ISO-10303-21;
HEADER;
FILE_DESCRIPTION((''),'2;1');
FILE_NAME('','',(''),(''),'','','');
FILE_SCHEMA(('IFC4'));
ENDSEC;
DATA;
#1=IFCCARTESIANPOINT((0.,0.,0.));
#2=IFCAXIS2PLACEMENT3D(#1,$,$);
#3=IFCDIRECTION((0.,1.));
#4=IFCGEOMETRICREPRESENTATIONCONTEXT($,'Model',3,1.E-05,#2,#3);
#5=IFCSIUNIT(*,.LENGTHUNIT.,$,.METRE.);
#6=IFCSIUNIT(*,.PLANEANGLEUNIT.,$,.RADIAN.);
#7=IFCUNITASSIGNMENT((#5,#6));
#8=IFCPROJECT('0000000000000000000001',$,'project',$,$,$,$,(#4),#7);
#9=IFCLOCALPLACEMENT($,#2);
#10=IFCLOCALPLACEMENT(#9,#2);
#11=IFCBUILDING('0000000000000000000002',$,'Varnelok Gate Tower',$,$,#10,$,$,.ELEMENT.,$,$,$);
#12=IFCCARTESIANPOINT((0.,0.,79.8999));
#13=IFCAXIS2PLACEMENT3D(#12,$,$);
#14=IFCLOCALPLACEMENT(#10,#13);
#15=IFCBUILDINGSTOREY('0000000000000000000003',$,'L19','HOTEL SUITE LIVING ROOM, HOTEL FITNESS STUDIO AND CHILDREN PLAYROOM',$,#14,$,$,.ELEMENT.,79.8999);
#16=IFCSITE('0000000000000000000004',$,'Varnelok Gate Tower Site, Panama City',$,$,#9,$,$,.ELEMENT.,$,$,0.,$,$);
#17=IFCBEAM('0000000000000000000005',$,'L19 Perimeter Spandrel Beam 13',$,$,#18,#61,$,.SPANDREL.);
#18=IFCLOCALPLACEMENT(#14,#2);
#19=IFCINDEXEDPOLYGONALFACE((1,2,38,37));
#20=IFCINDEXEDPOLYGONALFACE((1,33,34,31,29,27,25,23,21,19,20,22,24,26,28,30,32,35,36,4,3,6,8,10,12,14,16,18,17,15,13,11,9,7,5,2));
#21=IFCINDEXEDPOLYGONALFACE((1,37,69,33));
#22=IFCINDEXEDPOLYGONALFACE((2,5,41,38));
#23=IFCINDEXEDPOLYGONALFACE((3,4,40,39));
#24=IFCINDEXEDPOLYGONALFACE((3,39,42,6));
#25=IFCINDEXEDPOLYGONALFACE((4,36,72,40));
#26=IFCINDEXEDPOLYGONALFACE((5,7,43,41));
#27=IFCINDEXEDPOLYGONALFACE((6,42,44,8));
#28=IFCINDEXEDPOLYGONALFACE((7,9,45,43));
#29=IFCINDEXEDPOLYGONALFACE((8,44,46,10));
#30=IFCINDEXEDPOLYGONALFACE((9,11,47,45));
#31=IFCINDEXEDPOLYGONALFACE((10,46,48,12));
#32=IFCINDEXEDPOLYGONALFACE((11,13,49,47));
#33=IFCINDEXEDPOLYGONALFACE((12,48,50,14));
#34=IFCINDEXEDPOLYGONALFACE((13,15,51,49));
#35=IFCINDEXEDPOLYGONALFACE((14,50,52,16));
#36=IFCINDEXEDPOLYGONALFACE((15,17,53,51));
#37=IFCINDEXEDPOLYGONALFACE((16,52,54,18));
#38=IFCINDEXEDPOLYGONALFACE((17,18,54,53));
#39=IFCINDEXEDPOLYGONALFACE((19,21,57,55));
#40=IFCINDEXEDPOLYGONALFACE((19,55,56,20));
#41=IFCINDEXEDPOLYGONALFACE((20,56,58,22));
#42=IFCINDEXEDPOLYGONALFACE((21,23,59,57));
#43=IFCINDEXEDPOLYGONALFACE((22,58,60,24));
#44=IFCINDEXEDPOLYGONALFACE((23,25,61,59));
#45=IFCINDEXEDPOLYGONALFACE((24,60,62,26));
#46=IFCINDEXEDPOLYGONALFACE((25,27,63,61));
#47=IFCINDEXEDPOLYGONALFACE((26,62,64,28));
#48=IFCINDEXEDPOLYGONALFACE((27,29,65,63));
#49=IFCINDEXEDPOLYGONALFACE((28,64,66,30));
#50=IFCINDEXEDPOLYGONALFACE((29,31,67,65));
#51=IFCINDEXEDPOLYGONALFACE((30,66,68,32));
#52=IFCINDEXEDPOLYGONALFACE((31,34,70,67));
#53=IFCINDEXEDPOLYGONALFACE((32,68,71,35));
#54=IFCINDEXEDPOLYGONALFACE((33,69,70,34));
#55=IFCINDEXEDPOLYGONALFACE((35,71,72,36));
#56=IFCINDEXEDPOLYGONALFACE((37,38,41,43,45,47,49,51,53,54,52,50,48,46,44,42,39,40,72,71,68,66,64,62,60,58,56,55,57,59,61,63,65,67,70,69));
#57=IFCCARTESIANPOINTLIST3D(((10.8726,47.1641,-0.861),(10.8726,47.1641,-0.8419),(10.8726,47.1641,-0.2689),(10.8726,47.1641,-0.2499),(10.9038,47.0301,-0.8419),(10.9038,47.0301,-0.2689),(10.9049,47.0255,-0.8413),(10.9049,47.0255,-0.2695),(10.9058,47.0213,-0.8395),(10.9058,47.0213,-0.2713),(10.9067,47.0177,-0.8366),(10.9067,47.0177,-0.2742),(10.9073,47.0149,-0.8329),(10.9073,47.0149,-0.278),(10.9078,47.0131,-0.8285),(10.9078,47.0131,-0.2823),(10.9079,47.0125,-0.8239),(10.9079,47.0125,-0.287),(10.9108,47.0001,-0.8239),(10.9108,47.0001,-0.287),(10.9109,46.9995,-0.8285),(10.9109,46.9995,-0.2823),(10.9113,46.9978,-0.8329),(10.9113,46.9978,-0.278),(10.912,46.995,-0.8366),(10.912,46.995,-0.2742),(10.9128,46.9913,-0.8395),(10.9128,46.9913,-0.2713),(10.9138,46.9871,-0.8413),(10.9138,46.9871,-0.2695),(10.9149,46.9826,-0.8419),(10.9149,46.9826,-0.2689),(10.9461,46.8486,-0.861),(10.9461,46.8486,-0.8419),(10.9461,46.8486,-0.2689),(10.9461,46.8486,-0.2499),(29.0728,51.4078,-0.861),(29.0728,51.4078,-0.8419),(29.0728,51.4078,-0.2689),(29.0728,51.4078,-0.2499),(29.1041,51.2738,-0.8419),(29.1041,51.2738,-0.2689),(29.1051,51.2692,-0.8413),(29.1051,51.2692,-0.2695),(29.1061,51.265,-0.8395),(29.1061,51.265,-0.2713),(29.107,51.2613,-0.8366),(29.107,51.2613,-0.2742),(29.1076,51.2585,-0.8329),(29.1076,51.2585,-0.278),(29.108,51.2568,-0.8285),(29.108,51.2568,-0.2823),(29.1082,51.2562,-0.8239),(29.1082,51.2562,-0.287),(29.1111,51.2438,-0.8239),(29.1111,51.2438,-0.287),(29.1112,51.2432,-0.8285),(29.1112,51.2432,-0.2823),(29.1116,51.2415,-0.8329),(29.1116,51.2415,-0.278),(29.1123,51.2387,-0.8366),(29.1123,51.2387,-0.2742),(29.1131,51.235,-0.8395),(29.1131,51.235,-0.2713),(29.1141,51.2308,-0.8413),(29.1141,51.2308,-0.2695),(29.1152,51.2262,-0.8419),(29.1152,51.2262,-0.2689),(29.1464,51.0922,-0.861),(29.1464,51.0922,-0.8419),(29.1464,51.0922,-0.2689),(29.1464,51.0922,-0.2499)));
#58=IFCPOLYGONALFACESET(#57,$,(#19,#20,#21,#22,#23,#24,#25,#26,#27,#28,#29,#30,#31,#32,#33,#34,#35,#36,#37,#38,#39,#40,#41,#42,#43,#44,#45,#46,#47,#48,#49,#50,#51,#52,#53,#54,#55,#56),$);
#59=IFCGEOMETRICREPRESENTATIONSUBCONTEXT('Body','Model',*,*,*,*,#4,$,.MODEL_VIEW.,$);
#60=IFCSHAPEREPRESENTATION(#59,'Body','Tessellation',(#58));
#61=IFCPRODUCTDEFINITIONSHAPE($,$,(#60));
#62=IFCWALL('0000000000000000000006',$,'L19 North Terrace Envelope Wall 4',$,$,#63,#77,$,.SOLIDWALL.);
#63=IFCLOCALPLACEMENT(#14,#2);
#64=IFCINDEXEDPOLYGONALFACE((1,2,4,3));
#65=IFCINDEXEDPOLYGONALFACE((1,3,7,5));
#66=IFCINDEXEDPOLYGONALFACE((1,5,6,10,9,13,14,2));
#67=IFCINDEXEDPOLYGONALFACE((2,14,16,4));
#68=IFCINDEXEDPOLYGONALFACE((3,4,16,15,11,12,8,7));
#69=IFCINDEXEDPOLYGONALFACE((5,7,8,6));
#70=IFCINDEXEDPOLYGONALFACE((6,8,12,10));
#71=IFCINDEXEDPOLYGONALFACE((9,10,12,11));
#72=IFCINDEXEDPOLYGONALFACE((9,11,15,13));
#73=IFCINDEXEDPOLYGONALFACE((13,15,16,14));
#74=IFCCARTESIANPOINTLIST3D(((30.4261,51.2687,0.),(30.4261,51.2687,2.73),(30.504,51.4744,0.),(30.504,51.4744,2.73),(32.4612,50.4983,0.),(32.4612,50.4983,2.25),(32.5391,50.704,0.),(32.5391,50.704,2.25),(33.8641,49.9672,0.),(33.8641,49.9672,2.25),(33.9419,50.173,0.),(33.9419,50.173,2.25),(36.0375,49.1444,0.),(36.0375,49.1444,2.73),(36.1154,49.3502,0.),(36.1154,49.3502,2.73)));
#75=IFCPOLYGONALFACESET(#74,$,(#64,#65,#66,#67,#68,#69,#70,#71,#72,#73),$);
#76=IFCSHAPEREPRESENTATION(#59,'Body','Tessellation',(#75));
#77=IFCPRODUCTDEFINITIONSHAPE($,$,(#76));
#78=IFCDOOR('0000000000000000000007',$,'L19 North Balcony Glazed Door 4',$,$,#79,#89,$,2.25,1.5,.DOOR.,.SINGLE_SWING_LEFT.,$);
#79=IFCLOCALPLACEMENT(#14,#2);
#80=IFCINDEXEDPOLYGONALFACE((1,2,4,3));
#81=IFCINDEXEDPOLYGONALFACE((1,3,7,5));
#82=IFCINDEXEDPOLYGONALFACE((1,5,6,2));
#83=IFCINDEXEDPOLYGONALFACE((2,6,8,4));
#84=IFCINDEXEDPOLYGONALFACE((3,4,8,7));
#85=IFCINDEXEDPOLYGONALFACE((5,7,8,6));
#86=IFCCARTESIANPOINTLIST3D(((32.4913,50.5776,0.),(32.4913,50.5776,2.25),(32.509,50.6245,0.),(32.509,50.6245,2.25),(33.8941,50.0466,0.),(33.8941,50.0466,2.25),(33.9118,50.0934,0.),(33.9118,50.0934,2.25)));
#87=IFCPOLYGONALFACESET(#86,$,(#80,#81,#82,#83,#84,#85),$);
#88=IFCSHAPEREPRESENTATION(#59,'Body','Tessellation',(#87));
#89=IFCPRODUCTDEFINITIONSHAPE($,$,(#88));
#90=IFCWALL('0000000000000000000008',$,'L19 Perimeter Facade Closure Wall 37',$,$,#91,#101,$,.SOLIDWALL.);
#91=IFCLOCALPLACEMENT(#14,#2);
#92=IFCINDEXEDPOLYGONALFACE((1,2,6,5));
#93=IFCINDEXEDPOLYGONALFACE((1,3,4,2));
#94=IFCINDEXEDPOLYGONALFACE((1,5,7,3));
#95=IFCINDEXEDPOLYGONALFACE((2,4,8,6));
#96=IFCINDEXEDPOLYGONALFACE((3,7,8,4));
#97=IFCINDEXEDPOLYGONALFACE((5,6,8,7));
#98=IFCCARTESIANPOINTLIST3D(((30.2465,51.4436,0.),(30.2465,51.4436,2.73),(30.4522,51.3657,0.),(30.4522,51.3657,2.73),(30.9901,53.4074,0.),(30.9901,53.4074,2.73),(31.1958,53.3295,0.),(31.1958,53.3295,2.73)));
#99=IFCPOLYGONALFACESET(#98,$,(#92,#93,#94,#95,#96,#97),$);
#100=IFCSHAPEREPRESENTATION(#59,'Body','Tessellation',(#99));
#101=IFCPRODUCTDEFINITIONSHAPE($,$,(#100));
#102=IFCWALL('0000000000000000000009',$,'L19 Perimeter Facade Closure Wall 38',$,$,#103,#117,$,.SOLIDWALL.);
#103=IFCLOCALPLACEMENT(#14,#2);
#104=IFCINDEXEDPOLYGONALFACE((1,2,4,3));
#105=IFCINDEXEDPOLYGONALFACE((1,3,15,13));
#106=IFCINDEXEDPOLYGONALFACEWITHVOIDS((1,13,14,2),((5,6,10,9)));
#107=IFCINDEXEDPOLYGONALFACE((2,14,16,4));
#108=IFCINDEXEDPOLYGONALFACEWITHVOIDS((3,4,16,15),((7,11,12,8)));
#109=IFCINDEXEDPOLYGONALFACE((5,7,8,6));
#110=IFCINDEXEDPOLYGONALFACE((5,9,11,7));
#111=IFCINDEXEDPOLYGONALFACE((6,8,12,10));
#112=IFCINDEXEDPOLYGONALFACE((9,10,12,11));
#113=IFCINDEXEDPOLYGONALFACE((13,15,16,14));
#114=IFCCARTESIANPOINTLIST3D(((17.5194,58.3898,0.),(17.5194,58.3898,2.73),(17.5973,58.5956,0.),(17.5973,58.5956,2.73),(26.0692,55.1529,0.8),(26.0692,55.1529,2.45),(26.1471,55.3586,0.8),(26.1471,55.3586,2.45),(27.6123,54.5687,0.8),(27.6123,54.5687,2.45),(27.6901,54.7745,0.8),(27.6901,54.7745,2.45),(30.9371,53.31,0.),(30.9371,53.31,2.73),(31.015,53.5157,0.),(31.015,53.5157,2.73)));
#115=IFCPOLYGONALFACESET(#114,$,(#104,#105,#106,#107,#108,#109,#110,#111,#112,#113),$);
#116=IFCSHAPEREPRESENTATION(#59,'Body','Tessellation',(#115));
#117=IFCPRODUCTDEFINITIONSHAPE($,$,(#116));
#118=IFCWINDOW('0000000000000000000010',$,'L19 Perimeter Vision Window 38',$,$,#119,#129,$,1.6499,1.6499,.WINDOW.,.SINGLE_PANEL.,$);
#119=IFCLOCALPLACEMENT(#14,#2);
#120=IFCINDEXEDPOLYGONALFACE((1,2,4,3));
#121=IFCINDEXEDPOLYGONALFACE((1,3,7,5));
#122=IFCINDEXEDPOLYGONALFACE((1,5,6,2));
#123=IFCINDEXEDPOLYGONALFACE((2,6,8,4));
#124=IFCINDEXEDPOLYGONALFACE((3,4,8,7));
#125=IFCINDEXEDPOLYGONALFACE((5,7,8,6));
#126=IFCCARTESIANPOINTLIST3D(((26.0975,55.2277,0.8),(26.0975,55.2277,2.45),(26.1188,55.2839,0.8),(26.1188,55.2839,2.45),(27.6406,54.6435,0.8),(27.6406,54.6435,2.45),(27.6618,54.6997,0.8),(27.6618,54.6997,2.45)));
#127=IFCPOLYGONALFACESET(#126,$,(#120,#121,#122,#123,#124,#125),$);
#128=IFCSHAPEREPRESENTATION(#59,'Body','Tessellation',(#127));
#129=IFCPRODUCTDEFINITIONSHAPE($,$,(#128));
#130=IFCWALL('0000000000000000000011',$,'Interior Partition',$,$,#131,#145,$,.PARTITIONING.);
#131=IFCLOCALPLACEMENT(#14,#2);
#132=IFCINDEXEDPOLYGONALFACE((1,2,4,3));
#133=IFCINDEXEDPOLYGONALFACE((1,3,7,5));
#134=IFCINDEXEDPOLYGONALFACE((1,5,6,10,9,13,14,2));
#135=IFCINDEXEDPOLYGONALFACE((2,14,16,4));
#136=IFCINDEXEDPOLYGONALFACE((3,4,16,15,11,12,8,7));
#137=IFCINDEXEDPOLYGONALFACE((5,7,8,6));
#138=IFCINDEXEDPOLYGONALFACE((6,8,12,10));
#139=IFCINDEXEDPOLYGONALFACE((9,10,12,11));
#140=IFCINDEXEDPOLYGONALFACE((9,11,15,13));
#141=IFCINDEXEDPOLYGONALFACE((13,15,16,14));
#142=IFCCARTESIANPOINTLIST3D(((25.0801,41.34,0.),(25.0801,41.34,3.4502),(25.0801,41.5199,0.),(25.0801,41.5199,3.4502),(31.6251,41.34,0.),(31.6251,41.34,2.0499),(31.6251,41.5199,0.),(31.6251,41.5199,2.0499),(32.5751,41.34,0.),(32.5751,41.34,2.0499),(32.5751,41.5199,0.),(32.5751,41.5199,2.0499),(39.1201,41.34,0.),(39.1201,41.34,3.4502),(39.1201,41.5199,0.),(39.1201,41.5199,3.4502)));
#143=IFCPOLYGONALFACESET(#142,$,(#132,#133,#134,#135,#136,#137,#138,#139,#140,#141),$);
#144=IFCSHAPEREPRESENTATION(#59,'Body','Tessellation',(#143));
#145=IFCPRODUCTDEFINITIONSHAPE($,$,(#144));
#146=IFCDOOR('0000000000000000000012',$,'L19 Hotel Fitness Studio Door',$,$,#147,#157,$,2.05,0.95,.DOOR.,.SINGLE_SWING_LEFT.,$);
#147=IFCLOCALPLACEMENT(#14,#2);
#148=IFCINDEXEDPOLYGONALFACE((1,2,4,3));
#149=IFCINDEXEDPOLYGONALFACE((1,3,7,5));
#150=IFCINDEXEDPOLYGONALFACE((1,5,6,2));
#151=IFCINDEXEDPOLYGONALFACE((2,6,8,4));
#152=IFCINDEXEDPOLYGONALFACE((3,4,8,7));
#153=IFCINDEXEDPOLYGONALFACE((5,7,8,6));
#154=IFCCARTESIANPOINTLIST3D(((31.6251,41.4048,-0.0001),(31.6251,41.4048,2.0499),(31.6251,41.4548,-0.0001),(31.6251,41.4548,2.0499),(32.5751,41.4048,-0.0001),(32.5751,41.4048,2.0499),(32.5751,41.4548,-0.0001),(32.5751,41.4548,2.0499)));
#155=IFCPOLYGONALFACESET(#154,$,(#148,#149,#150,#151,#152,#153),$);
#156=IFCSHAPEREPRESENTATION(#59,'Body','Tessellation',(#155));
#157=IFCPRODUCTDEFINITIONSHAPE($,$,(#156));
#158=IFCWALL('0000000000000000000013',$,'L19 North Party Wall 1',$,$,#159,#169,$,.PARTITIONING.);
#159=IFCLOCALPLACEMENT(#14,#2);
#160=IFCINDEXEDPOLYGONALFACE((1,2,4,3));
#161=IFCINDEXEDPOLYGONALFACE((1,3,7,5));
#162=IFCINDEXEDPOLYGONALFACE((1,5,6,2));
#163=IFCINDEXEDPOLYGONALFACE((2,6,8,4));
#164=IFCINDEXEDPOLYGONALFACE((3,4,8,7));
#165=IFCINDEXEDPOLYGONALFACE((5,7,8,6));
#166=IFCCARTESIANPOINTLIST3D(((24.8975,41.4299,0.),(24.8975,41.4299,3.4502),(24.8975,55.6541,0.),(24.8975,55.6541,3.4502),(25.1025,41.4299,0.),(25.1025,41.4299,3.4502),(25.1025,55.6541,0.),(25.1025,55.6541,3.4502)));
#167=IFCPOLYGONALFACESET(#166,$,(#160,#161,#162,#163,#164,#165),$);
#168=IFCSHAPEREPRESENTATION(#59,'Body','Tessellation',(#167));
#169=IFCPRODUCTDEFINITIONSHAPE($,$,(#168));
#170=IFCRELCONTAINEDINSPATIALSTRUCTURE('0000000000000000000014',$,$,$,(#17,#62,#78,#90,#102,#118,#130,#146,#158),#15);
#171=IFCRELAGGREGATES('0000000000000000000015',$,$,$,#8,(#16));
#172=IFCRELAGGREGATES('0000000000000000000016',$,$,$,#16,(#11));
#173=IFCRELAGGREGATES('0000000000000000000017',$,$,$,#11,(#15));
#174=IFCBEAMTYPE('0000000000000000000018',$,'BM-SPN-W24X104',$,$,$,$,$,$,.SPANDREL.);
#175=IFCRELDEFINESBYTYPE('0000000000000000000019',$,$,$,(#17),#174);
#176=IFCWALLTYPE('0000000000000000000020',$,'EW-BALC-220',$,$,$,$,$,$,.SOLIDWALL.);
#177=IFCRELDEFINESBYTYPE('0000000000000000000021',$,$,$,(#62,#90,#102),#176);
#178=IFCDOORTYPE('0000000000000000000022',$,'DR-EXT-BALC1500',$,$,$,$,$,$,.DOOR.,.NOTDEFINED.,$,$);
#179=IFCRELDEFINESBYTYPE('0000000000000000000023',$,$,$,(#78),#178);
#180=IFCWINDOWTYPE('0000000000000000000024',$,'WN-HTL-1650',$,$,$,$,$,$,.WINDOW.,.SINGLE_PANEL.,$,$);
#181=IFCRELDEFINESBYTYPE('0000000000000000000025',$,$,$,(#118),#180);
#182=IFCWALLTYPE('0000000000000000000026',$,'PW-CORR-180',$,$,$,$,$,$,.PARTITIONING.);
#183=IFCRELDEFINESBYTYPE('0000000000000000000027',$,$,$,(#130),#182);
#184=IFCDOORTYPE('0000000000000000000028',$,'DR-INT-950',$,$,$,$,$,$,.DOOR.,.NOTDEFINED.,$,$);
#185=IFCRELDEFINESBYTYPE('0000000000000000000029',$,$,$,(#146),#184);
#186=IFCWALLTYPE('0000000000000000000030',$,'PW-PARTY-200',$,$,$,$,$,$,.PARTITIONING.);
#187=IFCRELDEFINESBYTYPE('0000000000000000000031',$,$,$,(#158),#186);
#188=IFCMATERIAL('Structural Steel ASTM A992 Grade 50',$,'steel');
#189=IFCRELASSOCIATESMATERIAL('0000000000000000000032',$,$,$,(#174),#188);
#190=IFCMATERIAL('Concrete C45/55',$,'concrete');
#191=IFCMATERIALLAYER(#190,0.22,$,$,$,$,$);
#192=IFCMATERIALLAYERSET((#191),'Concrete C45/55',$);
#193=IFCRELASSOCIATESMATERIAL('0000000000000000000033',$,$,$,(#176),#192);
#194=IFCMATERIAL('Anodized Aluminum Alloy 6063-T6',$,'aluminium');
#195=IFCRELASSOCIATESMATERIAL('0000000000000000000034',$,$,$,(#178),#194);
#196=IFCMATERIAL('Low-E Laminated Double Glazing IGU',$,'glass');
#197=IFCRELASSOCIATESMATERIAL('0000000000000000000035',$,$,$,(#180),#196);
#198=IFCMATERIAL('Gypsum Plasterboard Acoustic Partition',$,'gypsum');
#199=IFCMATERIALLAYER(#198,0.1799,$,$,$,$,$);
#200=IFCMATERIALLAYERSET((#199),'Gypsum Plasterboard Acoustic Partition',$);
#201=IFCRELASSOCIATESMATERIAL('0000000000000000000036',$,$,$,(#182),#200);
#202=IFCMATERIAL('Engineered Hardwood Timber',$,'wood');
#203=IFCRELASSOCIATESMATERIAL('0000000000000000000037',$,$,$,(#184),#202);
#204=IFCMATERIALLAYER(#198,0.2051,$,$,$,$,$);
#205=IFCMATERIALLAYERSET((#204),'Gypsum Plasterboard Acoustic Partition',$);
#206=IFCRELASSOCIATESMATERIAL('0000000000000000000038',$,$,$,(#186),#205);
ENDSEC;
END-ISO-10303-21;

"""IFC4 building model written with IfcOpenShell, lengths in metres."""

from ifc_helpers import new_model, si_unit, direction, frame, frame_2d, origin, origin_2d, place, context, subcontext, project, spatial, rectangle, i_section, extrude, material, layer, layer_set, material_profile, profile_set, type_object, element, fill, save


model = new_model("IFC4")

# Units and contexts
model_context = context("Model", 3, precision=1e-05, world=origin(), true_north=direction((0.0, 1.0)))
body_context = subcontext(model_context, "Body", "Model", "MODEL_VIEW")
ifc_project = project(units=[si_unit("LENGTHUNIT", "METRE"), si_unit("PLANEANGLEUNIT", "RADIAN")], contexts=[model_context])

# Site, building, storey
site_placement = place(None, origin())
site = spatial("IfcSite", under=ifc_project, at=site_placement, Name="Varnelok Gate Tower Site, Panama City", CompositionType="ELEMENT", RefElevation=0.0)
building_placement = place(site_placement, origin())
building = spatial("IfcBuilding", under=site, at=building_placement, Name="Varnelok Gate Tower", CompositionType="ELEMENT")
storey_placement = place(building_placement, frame((0.0, 0.0, 79.8999)))
storey = spatial("IfcBuildingStorey", under=building, at=storey_placement, Name="L19", Description="HOTEL SUITE LIVING ROOM, HOTEL FITNESS STUDIO AND CHILDREN PLAYROOM", CompositionType="ELEMENT", Elevation=79.8999)

# Shared definitions
ifc_material_1 = material(Name="Structural Steel ASTM A992 Grade 50", Category="steel")

# Beam
ifc_material_profile_1 = material_profile(ifc_material_1, i_section(OverallWidth=0.324, OverallDepth=0.6111, WebThickness=0.0127, FlangeThickness=0.019, FilletRadius=0.0181, at=origin_2d()), Name="W24X104")
ifc_profile_set_1 = profile_set([ifc_material_profile_1], Name="Structural Steel ASTM A992 Grade 50")
beam_type_1 = type_object("IfcBeamType", Name="BM-SPN-W24X104", PredefinedType="SPANDREL", material=ifc_profile_set_1)
beam_1_placement = place(storey_placement, frame((29.1096, 51.25, -0.5554), z_axis=(-0.973877, -0.227074, 0.0), x_axis=(0.227074, -0.973877, 0.0)))
element("IfcBeam", 1, at=beam_1_placement, inside=storey, type_object=beam_type_1, Name="L19 Perimeter Spandrel Beam 13", PredefinedType="SPANDREL", context=body_context, shape_type="SweptSolid", body=[
    extrude(i_section(OverallWidth=0.324, OverallDepth=0.6111, WebThickness=0.0127, FlangeThickness=0.019, FilletRadius=0.0181, at=origin_2d()), origin(), (0.0, 0.0, 1.0), 18.6885),
])

# Wall, opening, door
ifc_material_2 = material(Name="Concrete C45/55", Category="concrete")
ifc_layer_1 = layer(ifc_material_2, 0.22)
ifc_layer_set_1 = layer_set([ifc_layer_1], Name="Concrete C45/55")
wall_type_1 = type_object("IfcWallType", Name="EW-BALC-220", PredefinedType="SOLIDWALL", material=ifc_layer_set_1)
wall_1_placement = place(storey_placement, frame((30.4651, 51.3716, 0.0), z_axis=(0.0, 0.0, 1.0), x_axis=(0.935228, -0.354047, 0.0)))
wall_1 = element("IfcWall", 2, at=wall_1_placement, inside=storey, type_object=wall_type_1, Name="L19 North Terrace Envelope Wall 4", PredefinedType="SOLIDWALL", context=body_context, shape_type="SweptSolid", body=[
    extrude(rectangle(XDim=6.0, YDim=0.22, at=frame_2d((3.0, 0.0))), origin(), (0.0, 0.0, 1.0), 2.73),
])
opening_1_placement = place(wall_1_placement, frame((2.176, 0.0, 0.0)))
opening_1 = element("IfcOpeningElement", 3, at=opening_1_placement, cuts=wall_1, PredefinedType="OPENING", context=body_context, shape_type="SweptSolid", body=[
    extrude(rectangle(XDim=1.5, YDim=2.25, at=frame_2d((0.75, 1.125))), frame((0.0, 0.1199, 0.0), z_axis=(0.0, -1.0, 0.0), x_axis=(1.0, 0.0, 0.0)), (0.0, 0.0, 1.0), 0.24),
])
ifc_material_3 = material(Name="Anodized Aluminum Alloy 6063-T6", Category="aluminium")
door_type_1 = type_object("IfcDoorType", Name="DR-EXT-BALC1500", OperationType="NOTDEFINED", PredefinedType="DOOR", material=ifc_material_3)
door_1_placement = place(opening_1_placement, origin())
door_1 = element("IfcDoor", 4, at=door_1_placement, inside=storey, type_object=door_type_1, Name="L19 North Balcony Glazed Door 4", OperationType="SINGLE_SWING_LEFT", OverallHeight=2.25, OverallWidth=1.5, PredefinedType="DOOR", context=body_context, shape_type="SweptSolid", body=[
    extrude(rectangle(XDim=1.5, YDim=2.25, at=frame_2d((0.75, 1.125))), frame((0.0, 0.0249, 0.0), z_axis=(0.0, -1.0, 0.0), x_axis=(1.0, 0.0, 0.0)), (0.0, 0.0, 1.0), 0.05),
])
fill(opening_1, door_1)

# Wall
wall_2_placement = place(storey_placement, frame((30.3494, 51.4048, 0.0), z_axis=(0.0, 0.0, 1.0), x_axis=(0.354128, 0.935197, 0.0)))
element("IfcWall", 5, at=wall_2_placement, inside=storey, type_object=wall_type_1, Name="L19 Perimeter Facade Closure Wall 37", PredefinedType="SOLIDWALL", context=body_context, shape_type="SweptSolid", body=[
    extrude(rectangle(XDim=2.0999, YDim=0.22, at=frame_2d((1.0498, 0.0))), origin(), (0.0, 0.0, 1.0), 2.73),
])

# Wall, opening, window
wall_3_placement = place(storey_placement, frame((30.9761, 53.4128, 0.0), z_axis=(0.0, 0.0, 1.0), x_axis=(-0.93522, 0.354066, 0.0)))
wall_3 = element("IfcWall", 6, at=wall_3_placement, inside=storey, type_object=wall_type_1, Name="L19 Perimeter Facade Closure Wall 38", PredefinedType="SOLIDWALL", context=body_context, shape_type="SweptSolid", body=[
    extrude(rectangle(XDim=14.3472, YDim=0.22, at=frame_2d((7.1736, 0.0))), origin(), (0.0, 0.0, 1.0), 2.73),
])
opening_2_placement = place(wall_3_placement, frame((3.5552, 0.0, 0.8)))
opening_2 = element("IfcOpeningElement", 7, at=opening_2_placement, cuts=wall_3, PredefinedType="OPENING", context=body_context, shape_type="SweptSolid", body=[
    extrude(rectangle(XDim=1.6499, YDim=1.6499, at=frame_2d((0.825, 0.825))), frame((0.0, 0.1199, 0.0), z_axis=(0.0, -1.0, 0.0), x_axis=(1.0, 0.0, 0.0)), (0.0, 0.0, 1.0), 0.24),
])
ifc_material_4 = material(Name="Low-E Laminated Double Glazing IGU", Category="glass")
window_type = type_object("IfcWindowType", Name="WN-HTL-1650", PartitioningType="SINGLE_PANEL", PredefinedType="WINDOW", material=ifc_material_4)
window_placement = place(opening_2_placement, origin())
window = element("IfcWindow", 8, at=window_placement, inside=storey, type_object=window_type, Name="L19 Perimeter Vision Window 38", OverallHeight=1.6499, OverallWidth=1.6499, PartitioningType="SINGLE_PANEL", PredefinedType="WINDOW", context=body_context, shape_type="SweptSolid", body=[
    extrude(rectangle(XDim=1.6499, YDim=1.6499, at=frame_2d((0.825, 0.825))), frame((0.0, 0.03, 0.0), z_axis=(0.0, -1.0, 0.0), x_axis=(1.0, 0.0, 0.0)), (0.0, 0.0, 1.0), 0.0601),
])
fill(opening_2, window)

# Wall, opening, door
ifc_material_5 = material(Name="Gypsum Plasterboard Acoustic Partition", Category="gypsum")
ifc_layer_2 = layer(ifc_material_5, 0.1799)
ifc_layer_set_2 = layer_set([ifc_layer_2], Name="Gypsum Plasterboard Acoustic Partition")
wall_type_2 = type_object("IfcWallType", Name="PW-CORR-180", PredefinedType="PARTITIONING", material=ifc_layer_set_2)
wall_4_placement = place(storey_placement, frame((25.0801, 41.4299, 0.0), z_axis=(0.0, 0.0, 1.0), x_axis=(1.0, 0.0, 0.0)))
wall_4 = element("IfcWall", 9, at=wall_4_placement, inside=storey, type_object=wall_type_2, Name="Interior Partition", PredefinedType="PARTITIONING", context=body_context, shape_type="SweptSolid", body=[
    extrude(rectangle(XDim=14.04, YDim=0.1799, at=frame_2d((7.02, 0.0))), origin(), (0.0, 0.0, 1.0), 3.4502),
])
opening_3_placement = place(wall_4_placement, frame((6.5449, 0.0, 0.0)))
opening_3 = element("IfcOpeningElement", 10, at=opening_3_placement, cuts=wall_4, PredefinedType="OPENING", context=body_context, shape_type="SweptSolid", body=[
    extrude(rectangle(XDim=0.95, YDim=2.05, at=frame_2d((0.4751, 1.0249))), frame((0.0, 0.0999, 0.0), z_axis=(0.0, -1.0, 0.0), x_axis=(1.0, 0.0, 0.0)), (0.0, 0.0, 1.0), 0.2),
])
ifc_material_6 = material(Name="Engineered Hardwood Timber", Category="wood")
door_type_2 = type_object("IfcDoorType", Name="DR-INT-950", OperationType="NOTDEFINED", PredefinedType="DOOR", material=ifc_material_6)
door_2_placement = place(opening_3_placement, origin())
door_2 = element("IfcDoor", 11, at=door_2_placement, inside=storey, type_object=door_type_2, Name="L19 Hotel Fitness Studio Door", OperationType="SINGLE_SWING_LEFT", OverallHeight=2.05, OverallWidth=0.95, PredefinedType="DOOR", context=body_context, shape_type="SweptSolid", body=[
    extrude(rectangle(XDim=0.95, YDim=2.05, at=frame_2d((0.4751, 1.0249))), frame((0.0, 0.0249, 0.0), z_axis=(0.0, -1.0, 0.0), x_axis=(1.0, 0.0, 0.0)), (0.0, 0.0, 1.0), 0.05),
])
fill(opening_3, door_2)

# Wall
ifc_layer_3 = layer(ifc_material_5, 0.2051)
ifc_layer_set_3 = layer_set([ifc_layer_3], Name="Gypsum Plasterboard Acoustic Partition")
wall_type_3 = type_object("IfcWallType", Name="PW-PARTY-200", PredefinedType="PARTITIONING", material=ifc_layer_set_3)
wall_5_placement = place(storey_placement, frame((25.0, 41.4299, 0.0), z_axis=(0.0, 0.0, 1.0), x_axis=(0.0, 1.0, 0.0)))
element("IfcWall", 12, at=wall_5_placement, inside=storey, type_object=wall_type_3, Name="L19 North Party Wall 1", PredefinedType="PARTITIONING", context=body_context, shape_type="SweptSolid", body=[
    extrude(rectangle(XDim=14.2241, YDim=0.2051, at=frame_2d((7.1121, 0.0))), origin(), (0.0, 0.0, 1.0), 3.4502),
])

save(model, "model.ifc")
